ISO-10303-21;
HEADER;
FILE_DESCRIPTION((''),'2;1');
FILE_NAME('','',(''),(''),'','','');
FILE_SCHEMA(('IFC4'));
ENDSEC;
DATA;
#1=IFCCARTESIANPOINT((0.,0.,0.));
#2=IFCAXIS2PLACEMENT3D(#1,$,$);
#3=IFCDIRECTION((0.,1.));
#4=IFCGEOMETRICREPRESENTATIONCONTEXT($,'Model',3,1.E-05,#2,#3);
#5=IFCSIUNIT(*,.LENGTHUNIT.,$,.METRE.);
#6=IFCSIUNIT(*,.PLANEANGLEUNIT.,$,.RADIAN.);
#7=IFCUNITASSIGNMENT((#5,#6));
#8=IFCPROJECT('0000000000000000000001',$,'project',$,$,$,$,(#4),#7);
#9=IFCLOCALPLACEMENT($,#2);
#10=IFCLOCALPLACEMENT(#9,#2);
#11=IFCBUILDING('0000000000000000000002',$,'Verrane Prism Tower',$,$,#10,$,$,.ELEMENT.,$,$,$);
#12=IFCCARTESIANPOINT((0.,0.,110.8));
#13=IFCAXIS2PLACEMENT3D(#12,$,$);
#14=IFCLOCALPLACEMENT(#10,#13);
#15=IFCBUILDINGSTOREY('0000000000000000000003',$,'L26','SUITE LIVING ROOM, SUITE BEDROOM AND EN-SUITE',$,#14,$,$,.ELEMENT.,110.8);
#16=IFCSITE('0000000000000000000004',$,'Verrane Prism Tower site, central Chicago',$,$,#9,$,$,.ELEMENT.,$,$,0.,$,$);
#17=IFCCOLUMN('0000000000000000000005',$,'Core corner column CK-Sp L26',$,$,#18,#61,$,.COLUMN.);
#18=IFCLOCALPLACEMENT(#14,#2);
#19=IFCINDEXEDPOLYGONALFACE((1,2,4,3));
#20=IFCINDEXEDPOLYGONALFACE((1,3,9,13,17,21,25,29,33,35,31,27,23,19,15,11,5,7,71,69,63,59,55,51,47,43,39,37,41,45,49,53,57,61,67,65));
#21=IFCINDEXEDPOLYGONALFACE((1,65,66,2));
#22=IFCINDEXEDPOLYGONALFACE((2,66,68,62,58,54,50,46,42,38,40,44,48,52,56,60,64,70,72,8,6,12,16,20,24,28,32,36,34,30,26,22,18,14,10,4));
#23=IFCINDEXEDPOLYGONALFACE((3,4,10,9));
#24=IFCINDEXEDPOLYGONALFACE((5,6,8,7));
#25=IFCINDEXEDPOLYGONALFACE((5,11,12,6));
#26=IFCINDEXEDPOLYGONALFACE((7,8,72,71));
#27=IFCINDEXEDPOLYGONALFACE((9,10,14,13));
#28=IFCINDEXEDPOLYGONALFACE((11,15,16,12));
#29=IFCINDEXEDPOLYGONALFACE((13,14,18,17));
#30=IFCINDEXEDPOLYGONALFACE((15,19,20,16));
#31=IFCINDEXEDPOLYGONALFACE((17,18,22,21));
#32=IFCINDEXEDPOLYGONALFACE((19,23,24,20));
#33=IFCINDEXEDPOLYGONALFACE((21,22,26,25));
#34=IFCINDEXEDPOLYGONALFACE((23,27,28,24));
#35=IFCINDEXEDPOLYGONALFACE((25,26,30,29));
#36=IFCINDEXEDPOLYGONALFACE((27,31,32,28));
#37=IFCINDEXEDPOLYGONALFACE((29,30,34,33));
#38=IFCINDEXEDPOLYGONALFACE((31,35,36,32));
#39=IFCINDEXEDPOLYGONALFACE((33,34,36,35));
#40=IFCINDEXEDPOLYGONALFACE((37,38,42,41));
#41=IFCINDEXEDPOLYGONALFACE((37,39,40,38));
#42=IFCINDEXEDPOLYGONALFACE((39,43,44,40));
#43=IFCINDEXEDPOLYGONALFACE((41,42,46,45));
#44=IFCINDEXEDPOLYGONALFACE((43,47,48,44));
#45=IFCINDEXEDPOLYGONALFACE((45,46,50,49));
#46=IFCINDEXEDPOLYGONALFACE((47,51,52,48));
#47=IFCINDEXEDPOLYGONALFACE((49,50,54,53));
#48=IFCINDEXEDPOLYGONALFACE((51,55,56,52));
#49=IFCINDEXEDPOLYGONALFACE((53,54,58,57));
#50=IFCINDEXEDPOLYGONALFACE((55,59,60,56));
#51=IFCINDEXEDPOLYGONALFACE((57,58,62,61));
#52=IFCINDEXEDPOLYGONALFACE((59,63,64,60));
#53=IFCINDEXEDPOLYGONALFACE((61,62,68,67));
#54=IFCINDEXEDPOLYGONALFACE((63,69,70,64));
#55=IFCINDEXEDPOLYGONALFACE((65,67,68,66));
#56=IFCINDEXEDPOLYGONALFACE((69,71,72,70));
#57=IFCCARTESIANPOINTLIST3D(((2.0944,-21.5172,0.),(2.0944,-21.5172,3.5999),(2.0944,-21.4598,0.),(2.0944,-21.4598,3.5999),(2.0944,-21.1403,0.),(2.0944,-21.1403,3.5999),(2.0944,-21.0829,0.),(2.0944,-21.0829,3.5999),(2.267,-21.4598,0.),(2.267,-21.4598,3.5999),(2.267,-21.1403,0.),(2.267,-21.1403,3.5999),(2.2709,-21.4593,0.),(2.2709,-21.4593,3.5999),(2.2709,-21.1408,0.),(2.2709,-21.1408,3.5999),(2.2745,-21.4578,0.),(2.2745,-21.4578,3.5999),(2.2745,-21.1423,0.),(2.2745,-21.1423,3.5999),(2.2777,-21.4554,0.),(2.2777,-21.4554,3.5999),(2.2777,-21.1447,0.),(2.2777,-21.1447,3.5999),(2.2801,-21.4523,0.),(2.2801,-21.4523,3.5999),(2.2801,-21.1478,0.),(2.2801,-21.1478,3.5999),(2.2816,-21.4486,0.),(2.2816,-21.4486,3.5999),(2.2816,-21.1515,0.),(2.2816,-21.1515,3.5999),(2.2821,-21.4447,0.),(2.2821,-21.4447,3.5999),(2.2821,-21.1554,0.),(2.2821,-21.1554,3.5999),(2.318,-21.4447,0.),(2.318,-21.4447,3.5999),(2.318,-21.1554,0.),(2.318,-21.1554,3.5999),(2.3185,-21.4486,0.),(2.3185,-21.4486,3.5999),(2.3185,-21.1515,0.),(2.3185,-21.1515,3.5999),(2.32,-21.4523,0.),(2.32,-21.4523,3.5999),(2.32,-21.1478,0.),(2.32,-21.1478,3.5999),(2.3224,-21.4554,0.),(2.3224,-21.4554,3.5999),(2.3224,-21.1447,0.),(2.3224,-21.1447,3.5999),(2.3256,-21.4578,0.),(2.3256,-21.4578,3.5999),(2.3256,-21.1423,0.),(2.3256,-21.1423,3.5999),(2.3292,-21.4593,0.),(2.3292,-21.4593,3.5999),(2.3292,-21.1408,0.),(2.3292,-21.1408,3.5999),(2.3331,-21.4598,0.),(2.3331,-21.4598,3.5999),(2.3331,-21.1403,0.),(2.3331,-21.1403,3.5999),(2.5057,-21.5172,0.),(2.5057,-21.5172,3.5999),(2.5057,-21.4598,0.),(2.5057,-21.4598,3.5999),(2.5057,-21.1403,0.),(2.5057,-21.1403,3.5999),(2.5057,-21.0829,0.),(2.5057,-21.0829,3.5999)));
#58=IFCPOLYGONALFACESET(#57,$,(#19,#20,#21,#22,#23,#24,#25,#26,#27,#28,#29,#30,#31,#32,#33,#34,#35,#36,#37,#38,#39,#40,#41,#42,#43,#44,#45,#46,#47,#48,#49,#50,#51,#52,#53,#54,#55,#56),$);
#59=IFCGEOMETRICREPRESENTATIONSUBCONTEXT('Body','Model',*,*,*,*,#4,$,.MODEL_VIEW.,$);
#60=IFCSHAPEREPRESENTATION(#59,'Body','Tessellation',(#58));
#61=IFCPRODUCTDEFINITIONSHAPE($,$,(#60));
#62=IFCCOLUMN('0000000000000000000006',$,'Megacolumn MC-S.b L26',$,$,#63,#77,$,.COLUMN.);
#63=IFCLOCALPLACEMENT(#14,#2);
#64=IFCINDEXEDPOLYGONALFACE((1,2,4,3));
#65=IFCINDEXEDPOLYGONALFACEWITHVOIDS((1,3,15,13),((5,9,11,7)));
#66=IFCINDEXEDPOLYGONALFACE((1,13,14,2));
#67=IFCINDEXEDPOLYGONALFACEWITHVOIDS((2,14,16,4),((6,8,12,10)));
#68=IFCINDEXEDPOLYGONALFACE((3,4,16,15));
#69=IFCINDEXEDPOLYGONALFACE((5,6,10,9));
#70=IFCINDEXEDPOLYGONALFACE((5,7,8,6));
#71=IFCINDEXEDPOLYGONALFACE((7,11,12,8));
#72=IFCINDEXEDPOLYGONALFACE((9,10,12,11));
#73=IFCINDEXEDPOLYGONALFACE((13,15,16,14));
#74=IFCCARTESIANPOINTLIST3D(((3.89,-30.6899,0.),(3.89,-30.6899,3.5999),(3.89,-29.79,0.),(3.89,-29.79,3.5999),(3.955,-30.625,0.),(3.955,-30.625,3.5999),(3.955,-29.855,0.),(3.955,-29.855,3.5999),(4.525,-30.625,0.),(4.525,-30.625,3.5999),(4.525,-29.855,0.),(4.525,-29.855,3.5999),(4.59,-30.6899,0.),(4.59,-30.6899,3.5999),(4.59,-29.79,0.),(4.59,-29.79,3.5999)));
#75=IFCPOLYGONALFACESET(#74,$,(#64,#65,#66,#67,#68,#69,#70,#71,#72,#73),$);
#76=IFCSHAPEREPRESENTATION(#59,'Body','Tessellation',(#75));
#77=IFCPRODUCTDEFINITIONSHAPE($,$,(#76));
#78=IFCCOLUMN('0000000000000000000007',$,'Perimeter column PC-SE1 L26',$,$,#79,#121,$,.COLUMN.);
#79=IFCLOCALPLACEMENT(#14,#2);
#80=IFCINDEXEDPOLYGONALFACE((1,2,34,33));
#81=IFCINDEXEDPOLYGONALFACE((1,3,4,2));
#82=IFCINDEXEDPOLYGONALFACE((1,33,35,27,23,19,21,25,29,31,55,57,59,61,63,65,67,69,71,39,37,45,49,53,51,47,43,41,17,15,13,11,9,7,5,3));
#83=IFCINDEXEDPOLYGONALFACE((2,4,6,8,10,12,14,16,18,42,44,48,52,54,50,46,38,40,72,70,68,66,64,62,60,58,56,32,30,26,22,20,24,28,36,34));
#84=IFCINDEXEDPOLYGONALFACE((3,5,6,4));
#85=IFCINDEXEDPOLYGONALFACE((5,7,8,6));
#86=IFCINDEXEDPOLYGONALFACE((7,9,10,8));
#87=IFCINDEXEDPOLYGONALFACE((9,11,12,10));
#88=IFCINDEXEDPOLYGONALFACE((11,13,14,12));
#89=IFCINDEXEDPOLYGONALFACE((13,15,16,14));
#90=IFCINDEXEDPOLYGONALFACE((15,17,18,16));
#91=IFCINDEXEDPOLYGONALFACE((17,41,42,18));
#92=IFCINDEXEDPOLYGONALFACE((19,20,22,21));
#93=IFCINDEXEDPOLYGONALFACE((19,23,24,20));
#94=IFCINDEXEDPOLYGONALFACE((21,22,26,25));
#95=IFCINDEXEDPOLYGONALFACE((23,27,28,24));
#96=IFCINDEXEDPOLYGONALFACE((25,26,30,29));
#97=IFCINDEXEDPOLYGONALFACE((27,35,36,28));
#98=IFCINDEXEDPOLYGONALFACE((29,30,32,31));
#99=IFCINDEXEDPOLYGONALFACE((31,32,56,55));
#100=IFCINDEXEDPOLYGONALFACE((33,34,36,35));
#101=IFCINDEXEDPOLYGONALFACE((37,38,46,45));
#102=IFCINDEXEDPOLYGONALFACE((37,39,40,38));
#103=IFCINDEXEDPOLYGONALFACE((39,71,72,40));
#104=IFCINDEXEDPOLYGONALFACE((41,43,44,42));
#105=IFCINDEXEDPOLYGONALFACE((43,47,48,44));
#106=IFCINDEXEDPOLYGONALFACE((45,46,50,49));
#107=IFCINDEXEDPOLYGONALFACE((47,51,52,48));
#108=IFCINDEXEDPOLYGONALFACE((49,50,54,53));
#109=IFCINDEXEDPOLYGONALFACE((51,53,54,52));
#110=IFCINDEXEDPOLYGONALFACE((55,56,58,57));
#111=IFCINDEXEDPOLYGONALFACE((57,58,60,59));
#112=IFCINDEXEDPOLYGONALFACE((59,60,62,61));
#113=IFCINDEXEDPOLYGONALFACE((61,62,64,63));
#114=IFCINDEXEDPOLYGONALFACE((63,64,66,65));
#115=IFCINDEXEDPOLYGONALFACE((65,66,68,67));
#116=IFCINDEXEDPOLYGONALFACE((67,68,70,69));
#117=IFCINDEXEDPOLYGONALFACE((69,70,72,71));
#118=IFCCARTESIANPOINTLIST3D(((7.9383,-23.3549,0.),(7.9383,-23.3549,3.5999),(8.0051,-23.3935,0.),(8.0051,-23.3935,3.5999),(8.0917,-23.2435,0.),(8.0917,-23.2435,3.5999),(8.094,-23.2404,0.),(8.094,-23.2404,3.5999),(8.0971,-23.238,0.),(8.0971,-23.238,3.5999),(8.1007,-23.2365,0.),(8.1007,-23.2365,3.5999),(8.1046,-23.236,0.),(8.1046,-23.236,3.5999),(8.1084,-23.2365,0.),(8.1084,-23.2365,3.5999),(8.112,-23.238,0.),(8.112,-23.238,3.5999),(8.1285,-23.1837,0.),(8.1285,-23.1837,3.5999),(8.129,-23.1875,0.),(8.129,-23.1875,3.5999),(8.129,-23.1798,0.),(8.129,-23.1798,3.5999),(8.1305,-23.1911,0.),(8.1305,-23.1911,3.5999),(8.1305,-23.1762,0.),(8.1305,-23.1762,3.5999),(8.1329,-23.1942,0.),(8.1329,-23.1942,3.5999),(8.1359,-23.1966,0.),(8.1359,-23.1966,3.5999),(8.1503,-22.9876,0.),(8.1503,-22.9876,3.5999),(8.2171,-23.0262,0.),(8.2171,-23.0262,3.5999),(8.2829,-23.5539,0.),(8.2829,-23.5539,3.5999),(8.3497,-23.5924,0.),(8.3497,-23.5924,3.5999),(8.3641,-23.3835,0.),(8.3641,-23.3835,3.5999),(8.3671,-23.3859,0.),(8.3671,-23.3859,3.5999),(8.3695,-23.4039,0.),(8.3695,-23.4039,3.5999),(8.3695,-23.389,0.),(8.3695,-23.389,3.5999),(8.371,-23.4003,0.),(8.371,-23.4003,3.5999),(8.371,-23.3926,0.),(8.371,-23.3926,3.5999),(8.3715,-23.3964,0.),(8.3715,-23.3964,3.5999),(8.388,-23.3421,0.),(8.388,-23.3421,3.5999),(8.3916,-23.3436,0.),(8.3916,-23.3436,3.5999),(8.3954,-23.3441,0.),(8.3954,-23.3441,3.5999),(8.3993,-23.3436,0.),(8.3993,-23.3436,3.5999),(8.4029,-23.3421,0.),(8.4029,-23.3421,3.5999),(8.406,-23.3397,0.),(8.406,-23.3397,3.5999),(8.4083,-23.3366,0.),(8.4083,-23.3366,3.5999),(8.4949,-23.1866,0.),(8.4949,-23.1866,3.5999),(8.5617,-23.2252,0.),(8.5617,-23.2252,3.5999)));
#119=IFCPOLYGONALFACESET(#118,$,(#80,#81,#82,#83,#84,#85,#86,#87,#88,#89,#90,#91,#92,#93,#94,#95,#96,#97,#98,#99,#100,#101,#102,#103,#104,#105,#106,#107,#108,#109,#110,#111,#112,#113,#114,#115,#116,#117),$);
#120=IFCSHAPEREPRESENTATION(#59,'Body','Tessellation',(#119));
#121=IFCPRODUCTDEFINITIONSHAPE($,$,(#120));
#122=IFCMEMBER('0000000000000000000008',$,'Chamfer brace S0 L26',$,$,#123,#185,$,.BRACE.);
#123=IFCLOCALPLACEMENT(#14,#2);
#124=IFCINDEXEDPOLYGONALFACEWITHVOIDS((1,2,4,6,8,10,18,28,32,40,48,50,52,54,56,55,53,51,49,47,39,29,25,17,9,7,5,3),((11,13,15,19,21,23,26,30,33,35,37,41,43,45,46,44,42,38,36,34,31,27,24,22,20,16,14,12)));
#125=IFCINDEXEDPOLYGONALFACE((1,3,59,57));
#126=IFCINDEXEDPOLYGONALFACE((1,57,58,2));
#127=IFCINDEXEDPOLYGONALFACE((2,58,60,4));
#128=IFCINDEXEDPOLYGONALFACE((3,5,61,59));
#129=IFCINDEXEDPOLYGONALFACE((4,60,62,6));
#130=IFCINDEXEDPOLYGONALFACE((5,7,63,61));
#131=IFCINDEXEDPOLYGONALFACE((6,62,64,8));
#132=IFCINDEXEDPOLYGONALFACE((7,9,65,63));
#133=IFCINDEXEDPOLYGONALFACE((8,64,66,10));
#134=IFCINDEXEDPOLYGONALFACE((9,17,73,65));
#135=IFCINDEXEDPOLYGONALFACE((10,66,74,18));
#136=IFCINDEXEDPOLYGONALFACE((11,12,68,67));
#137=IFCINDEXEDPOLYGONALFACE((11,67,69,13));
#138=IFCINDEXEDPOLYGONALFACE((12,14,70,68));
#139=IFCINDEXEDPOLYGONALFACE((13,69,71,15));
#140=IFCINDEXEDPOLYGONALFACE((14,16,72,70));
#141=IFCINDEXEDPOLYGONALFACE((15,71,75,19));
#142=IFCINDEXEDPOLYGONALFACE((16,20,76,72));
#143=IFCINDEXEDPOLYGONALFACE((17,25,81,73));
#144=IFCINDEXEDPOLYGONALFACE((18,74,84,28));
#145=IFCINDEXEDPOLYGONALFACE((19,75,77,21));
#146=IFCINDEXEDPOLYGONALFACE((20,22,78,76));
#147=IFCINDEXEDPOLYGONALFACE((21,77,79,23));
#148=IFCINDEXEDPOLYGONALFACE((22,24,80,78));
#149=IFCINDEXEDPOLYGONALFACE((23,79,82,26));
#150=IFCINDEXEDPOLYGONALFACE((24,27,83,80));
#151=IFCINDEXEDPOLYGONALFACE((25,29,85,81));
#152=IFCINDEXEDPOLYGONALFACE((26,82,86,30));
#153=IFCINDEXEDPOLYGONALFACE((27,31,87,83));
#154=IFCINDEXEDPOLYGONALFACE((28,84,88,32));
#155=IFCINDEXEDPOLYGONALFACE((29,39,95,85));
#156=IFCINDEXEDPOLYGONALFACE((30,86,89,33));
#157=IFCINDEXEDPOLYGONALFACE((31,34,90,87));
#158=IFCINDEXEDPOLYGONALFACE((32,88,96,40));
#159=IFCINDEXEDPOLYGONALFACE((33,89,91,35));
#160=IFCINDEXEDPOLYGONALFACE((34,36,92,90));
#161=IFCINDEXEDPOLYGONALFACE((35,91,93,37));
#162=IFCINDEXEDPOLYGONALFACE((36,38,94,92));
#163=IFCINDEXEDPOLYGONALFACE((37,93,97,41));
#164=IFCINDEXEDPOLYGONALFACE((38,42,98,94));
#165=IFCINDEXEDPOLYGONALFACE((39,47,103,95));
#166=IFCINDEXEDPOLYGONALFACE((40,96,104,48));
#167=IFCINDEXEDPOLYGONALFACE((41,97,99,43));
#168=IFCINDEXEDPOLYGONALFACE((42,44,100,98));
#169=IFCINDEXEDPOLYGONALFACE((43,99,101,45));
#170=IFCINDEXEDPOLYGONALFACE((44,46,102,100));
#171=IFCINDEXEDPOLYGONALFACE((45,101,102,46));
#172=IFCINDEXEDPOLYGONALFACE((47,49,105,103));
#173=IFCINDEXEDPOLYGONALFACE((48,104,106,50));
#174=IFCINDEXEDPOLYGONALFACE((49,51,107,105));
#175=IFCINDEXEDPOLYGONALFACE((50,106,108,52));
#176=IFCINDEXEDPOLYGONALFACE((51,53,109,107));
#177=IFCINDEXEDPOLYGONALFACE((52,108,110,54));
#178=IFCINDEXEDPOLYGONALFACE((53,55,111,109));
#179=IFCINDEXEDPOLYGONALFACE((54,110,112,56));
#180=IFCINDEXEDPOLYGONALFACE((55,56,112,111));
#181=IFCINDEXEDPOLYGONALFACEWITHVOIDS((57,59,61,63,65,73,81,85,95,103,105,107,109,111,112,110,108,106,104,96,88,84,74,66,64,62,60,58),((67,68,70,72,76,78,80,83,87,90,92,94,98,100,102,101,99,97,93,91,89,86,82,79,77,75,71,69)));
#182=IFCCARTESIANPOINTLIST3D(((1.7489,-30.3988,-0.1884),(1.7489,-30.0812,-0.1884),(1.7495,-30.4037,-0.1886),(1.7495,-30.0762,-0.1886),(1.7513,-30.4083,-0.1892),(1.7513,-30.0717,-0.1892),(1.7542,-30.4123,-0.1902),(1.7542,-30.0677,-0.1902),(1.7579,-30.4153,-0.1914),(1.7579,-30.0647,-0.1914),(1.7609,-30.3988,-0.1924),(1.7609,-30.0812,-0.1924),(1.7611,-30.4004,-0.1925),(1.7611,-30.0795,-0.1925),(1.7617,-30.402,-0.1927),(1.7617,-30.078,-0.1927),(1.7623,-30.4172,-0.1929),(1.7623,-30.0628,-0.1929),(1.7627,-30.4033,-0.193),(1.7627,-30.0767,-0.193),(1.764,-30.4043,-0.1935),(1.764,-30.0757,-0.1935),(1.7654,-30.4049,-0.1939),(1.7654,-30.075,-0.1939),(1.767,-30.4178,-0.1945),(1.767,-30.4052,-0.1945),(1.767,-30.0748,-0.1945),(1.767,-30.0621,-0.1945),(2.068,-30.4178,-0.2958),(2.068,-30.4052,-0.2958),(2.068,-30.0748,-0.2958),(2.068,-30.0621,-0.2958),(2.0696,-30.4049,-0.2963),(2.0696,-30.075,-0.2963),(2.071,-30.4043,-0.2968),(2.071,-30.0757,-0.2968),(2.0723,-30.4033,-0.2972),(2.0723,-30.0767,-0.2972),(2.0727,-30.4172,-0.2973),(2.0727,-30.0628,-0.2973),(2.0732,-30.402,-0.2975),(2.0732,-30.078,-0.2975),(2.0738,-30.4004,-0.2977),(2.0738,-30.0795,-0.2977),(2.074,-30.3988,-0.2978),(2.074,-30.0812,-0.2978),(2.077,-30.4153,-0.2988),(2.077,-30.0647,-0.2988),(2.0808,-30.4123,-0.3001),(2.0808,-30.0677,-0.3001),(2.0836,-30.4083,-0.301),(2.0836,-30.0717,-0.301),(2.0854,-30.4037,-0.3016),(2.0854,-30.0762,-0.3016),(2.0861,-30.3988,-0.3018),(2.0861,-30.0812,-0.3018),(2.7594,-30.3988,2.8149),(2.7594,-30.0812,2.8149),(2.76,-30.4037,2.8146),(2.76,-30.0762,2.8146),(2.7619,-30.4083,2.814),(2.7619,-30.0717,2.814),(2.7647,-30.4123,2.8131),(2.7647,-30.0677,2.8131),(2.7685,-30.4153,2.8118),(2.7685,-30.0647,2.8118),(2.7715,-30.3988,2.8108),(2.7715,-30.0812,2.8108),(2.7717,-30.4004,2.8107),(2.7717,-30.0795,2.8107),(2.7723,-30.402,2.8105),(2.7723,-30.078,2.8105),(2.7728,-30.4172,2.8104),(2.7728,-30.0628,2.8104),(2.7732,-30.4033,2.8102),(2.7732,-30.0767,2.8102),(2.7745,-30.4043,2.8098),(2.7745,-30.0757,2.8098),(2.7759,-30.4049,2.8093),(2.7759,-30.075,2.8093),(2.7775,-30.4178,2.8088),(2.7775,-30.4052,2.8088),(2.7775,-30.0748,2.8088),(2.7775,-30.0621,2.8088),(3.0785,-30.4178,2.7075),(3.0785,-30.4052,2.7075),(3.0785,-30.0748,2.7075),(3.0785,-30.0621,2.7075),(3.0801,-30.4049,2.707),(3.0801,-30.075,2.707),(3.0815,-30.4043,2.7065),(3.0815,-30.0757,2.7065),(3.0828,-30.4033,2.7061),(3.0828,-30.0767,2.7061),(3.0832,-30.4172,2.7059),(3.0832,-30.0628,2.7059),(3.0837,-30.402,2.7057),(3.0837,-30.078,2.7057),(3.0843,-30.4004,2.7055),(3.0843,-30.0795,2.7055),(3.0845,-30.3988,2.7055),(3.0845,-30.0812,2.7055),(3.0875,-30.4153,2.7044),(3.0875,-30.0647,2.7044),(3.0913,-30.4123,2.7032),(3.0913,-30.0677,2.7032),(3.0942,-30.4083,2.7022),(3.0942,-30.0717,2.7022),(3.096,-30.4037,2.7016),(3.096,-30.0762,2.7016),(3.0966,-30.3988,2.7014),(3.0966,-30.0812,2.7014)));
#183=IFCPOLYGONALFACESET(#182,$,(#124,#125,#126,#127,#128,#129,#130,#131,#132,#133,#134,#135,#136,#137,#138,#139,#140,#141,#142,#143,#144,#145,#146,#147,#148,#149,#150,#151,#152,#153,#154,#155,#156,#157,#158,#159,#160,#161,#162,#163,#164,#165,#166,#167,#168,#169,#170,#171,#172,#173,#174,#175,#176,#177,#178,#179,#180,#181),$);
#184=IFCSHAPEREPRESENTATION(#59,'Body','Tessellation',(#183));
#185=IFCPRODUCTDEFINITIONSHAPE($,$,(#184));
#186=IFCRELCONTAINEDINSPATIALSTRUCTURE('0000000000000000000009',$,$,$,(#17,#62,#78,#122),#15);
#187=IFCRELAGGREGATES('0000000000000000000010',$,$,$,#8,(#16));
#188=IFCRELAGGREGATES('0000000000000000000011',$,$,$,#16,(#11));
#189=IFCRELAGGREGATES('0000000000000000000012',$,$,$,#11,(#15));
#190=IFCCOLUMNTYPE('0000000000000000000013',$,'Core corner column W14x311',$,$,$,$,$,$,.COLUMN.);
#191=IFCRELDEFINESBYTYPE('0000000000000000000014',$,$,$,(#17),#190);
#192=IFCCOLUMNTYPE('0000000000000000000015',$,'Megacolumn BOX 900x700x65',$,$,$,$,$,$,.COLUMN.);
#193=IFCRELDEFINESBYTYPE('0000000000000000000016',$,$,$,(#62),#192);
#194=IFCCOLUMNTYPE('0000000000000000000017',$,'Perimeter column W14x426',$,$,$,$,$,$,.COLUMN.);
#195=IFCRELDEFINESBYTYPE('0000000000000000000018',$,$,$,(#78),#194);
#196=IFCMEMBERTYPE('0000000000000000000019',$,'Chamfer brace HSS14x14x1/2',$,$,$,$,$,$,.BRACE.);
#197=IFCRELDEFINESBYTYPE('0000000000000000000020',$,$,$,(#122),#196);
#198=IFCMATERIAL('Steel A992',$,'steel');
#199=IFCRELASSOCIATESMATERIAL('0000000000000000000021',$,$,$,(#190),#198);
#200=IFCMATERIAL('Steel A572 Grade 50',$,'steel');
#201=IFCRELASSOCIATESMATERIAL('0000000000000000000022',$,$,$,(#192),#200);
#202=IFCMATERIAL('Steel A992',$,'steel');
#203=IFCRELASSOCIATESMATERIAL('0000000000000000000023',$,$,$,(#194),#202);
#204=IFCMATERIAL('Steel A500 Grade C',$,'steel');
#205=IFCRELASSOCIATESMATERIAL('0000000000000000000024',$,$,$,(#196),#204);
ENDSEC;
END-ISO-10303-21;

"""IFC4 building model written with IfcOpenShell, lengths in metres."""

from ifc_helpers import new_model, si_unit, direction, frame, origin, origin_2d, place, context, subcontext, project, spatial, hollow_rectangle, i_section, extrude, material, material_profile, profile_set, type_object, element, save


model = new_model("IFC4")

# Units and contexts
model_context = context("Model", 3, precision=1e-05, world=origin(), true_north=direction((0.0, 1.0)))
body_context = subcontext(model_context, "Body", "Model", "MODEL_VIEW")
ifc_project = project(units=[si_unit("LENGTHUNIT", "METRE"), si_unit("PLANEANGLEUNIT", "RADIAN")], contexts=[model_context])

# Site, building, storey
site_placement = place(None, origin())
site = spatial("IfcSite", under=ifc_project, at=site_placement, Name="Verrane Prism Tower site, central Chicago", CompositionType="ELEMENT", RefElevation=0.0)
building_placement = place(site_placement, origin())
building = spatial("IfcBuilding", under=site, at=building_placement, Name="Verrane Prism Tower", CompositionType="ELEMENT")
storey_placement = place(building_placement, frame((0.0, 0.0, 110.8)))
storey = spatial("IfcBuildingStorey", under=building, at=storey_placement, Name="L26", Description="SUITE LIVING ROOM, SUITE BEDROOM AND EN-SUITE", CompositionType="ELEMENT", Elevation=110.8)

# Columns
ifc_material_1 = material(Name="Steel A992", Category="steel")
ifc_material_profile_1 = material_profile(ifc_material_1, i_section(OverallWidth=0.4114, OverallDepth=0.4343, WebThickness=0.0359, FlangeThickness=0.0574, FilletRadius=0.0151, at=origin_2d()), Name="W14x311")
ifc_profile_set_1 = profile_set([ifc_material_profile_1], Name="Steel A992")
column_type_1 = type_object("IfcColumnType", Name="Core corner column W14x311", PredefinedType="COLUMN", material=ifc_profile_set_1)
column_1_placement = place(storey_placement, frame((2.3, -21.3, 0.0), z_axis=(0.0, 0.0, 1.0), x_axis=(-1.0, 0.0, 0.0)))
element("IfcColumn", 1, at=column_1_placement, inside=storey, type_object=column_type_1, Name="Core corner column CK-Sp L26", PredefinedType="COLUMN", context=body_context, shape_type="SweptSolid", body=[
    extrude(i_section(OverallWidth=0.4114, OverallDepth=0.4343, WebThickness=0.0359, FlangeThickness=0.0574, FilletRadius=0.0151, at=origin_2d()), origin(), (0.0, 0.0, 1.0), 3.5999),
])
ifc_material_2 = material(Name="Steel A572 Grade 50", Category="steel")
ifc_material_profile_2 = material_profile(ifc_material_2, hollow_rectangle(XDim=0.7, YDim=0.8999, WallThickness=0.0649, at=origin_2d()), Name="BOX 900x700x65")
ifc_profile_set_2 = profile_set([ifc_material_profile_2], Name="Steel A572 Grade 50")
column_type_2 = type_object("IfcColumnType", Name="Megacolumn BOX 900x700x65", PredefinedType="COLUMN", material=ifc_profile_set_2)
column_2_placement = place(storey_placement, frame((4.24, -30.24, 0.0), z_axis=(0.0, 0.0, 1.0), x_axis=(-1.0, 0.0, 0.0)))
element("IfcColumn", 2, at=column_2_placement, inside=storey, type_object=column_type_2, Name="Megacolumn MC-S.b L26", PredefinedType="COLUMN", context=body_context, shape_type="SweptSolid", body=[
    extrude(hollow_rectangle(XDim=0.7, YDim=0.8999, WallThickness=0.0649, at=origin_2d()), origin(), (0.0, 0.0, 1.0), 3.5999),
])
ifc_material_3 = material(Name="Steel A992", Category="steel")
ifc_material_profile_3 = material_profile(ifc_material_3, i_section(OverallWidth=0.4241, OverallDepth=0.4751, WebThickness=0.0479, FlangeThickness=0.0771, FilletRadius=0.0149, at=origin_2d()), Name="W14x426")
ifc_profile_set_3 = profile_set([ifc_material_profile_3], Name="Steel A992")
column_type_3 = type_object("IfcColumnType", Name="Perimeter column W14x426", PredefinedType="COLUMN", material=ifc_profile_set_3)
column_3_placement = place(storey_placement, frame((8.25, -23.29, 0.0), z_axis=(0.0, 0.0, 1.0), x_axis=(-0.5, -0.866025, 0.0)))
element("IfcColumn", 3, at=column_3_placement, inside=storey, type_object=column_type_3, Name="Perimeter column PC-SE1 L26", PredefinedType="COLUMN", context=body_context, shape_type="SweptSolid", body=[
    extrude(i_section(OverallWidth=0.4241, OverallDepth=0.4751, WebThickness=0.0479, FlangeThickness=0.0771, FilletRadius=0.0149, at=origin_2d()), origin(), (0.0, 0.0, 1.0), 3.5999),
])

# Member
ifc_material_4 = material(Name="Steel A500 Grade C", Category="steel")
ifc_material_profile_4 = material_profile(ifc_material_4, hollow_rectangle(XDim=0.3557, YDim=0.3557, WallThickness=0.0127, InnerFilletRadius=0.0063, OuterFilletRadius=0.019, at=origin_2d()), Name="HSS14x14x1/2")
ifc_profile_set_4 = profile_set([ifc_material_profile_4], Name="Steel A500 Grade C")
member_type_1 = type_object("IfcMemberType", Name="Chamfer brace HSS14x14x1/2", PredefinedType="BRACE", material=ifc_profile_set_4)
member_1_placement = place(storey_placement, frame((1.9175, -30.24, -0.2451), z_axis=(0.318908, 0.0, 0.947786), x_axis=(0.0, 1.0, 0.0)))
element("IfcMember", 4, at=member_1_placement, inside=storey, type_object=member_type_1, Name="Chamfer brace S0 L26", PredefinedType="BRACE", context=body_context, shape_type="SweptSolid", body=[
    extrude(hollow_rectangle(XDim=0.3557, YDim=0.3557, WallThickness=0.0127, InnerFilletRadius=0.0063, OuterFilletRadius=0.019, at=origin_2d()), origin(), (0.0, 0.0, 1.0), 3.1687),
])

save(model, "model.ifc")
